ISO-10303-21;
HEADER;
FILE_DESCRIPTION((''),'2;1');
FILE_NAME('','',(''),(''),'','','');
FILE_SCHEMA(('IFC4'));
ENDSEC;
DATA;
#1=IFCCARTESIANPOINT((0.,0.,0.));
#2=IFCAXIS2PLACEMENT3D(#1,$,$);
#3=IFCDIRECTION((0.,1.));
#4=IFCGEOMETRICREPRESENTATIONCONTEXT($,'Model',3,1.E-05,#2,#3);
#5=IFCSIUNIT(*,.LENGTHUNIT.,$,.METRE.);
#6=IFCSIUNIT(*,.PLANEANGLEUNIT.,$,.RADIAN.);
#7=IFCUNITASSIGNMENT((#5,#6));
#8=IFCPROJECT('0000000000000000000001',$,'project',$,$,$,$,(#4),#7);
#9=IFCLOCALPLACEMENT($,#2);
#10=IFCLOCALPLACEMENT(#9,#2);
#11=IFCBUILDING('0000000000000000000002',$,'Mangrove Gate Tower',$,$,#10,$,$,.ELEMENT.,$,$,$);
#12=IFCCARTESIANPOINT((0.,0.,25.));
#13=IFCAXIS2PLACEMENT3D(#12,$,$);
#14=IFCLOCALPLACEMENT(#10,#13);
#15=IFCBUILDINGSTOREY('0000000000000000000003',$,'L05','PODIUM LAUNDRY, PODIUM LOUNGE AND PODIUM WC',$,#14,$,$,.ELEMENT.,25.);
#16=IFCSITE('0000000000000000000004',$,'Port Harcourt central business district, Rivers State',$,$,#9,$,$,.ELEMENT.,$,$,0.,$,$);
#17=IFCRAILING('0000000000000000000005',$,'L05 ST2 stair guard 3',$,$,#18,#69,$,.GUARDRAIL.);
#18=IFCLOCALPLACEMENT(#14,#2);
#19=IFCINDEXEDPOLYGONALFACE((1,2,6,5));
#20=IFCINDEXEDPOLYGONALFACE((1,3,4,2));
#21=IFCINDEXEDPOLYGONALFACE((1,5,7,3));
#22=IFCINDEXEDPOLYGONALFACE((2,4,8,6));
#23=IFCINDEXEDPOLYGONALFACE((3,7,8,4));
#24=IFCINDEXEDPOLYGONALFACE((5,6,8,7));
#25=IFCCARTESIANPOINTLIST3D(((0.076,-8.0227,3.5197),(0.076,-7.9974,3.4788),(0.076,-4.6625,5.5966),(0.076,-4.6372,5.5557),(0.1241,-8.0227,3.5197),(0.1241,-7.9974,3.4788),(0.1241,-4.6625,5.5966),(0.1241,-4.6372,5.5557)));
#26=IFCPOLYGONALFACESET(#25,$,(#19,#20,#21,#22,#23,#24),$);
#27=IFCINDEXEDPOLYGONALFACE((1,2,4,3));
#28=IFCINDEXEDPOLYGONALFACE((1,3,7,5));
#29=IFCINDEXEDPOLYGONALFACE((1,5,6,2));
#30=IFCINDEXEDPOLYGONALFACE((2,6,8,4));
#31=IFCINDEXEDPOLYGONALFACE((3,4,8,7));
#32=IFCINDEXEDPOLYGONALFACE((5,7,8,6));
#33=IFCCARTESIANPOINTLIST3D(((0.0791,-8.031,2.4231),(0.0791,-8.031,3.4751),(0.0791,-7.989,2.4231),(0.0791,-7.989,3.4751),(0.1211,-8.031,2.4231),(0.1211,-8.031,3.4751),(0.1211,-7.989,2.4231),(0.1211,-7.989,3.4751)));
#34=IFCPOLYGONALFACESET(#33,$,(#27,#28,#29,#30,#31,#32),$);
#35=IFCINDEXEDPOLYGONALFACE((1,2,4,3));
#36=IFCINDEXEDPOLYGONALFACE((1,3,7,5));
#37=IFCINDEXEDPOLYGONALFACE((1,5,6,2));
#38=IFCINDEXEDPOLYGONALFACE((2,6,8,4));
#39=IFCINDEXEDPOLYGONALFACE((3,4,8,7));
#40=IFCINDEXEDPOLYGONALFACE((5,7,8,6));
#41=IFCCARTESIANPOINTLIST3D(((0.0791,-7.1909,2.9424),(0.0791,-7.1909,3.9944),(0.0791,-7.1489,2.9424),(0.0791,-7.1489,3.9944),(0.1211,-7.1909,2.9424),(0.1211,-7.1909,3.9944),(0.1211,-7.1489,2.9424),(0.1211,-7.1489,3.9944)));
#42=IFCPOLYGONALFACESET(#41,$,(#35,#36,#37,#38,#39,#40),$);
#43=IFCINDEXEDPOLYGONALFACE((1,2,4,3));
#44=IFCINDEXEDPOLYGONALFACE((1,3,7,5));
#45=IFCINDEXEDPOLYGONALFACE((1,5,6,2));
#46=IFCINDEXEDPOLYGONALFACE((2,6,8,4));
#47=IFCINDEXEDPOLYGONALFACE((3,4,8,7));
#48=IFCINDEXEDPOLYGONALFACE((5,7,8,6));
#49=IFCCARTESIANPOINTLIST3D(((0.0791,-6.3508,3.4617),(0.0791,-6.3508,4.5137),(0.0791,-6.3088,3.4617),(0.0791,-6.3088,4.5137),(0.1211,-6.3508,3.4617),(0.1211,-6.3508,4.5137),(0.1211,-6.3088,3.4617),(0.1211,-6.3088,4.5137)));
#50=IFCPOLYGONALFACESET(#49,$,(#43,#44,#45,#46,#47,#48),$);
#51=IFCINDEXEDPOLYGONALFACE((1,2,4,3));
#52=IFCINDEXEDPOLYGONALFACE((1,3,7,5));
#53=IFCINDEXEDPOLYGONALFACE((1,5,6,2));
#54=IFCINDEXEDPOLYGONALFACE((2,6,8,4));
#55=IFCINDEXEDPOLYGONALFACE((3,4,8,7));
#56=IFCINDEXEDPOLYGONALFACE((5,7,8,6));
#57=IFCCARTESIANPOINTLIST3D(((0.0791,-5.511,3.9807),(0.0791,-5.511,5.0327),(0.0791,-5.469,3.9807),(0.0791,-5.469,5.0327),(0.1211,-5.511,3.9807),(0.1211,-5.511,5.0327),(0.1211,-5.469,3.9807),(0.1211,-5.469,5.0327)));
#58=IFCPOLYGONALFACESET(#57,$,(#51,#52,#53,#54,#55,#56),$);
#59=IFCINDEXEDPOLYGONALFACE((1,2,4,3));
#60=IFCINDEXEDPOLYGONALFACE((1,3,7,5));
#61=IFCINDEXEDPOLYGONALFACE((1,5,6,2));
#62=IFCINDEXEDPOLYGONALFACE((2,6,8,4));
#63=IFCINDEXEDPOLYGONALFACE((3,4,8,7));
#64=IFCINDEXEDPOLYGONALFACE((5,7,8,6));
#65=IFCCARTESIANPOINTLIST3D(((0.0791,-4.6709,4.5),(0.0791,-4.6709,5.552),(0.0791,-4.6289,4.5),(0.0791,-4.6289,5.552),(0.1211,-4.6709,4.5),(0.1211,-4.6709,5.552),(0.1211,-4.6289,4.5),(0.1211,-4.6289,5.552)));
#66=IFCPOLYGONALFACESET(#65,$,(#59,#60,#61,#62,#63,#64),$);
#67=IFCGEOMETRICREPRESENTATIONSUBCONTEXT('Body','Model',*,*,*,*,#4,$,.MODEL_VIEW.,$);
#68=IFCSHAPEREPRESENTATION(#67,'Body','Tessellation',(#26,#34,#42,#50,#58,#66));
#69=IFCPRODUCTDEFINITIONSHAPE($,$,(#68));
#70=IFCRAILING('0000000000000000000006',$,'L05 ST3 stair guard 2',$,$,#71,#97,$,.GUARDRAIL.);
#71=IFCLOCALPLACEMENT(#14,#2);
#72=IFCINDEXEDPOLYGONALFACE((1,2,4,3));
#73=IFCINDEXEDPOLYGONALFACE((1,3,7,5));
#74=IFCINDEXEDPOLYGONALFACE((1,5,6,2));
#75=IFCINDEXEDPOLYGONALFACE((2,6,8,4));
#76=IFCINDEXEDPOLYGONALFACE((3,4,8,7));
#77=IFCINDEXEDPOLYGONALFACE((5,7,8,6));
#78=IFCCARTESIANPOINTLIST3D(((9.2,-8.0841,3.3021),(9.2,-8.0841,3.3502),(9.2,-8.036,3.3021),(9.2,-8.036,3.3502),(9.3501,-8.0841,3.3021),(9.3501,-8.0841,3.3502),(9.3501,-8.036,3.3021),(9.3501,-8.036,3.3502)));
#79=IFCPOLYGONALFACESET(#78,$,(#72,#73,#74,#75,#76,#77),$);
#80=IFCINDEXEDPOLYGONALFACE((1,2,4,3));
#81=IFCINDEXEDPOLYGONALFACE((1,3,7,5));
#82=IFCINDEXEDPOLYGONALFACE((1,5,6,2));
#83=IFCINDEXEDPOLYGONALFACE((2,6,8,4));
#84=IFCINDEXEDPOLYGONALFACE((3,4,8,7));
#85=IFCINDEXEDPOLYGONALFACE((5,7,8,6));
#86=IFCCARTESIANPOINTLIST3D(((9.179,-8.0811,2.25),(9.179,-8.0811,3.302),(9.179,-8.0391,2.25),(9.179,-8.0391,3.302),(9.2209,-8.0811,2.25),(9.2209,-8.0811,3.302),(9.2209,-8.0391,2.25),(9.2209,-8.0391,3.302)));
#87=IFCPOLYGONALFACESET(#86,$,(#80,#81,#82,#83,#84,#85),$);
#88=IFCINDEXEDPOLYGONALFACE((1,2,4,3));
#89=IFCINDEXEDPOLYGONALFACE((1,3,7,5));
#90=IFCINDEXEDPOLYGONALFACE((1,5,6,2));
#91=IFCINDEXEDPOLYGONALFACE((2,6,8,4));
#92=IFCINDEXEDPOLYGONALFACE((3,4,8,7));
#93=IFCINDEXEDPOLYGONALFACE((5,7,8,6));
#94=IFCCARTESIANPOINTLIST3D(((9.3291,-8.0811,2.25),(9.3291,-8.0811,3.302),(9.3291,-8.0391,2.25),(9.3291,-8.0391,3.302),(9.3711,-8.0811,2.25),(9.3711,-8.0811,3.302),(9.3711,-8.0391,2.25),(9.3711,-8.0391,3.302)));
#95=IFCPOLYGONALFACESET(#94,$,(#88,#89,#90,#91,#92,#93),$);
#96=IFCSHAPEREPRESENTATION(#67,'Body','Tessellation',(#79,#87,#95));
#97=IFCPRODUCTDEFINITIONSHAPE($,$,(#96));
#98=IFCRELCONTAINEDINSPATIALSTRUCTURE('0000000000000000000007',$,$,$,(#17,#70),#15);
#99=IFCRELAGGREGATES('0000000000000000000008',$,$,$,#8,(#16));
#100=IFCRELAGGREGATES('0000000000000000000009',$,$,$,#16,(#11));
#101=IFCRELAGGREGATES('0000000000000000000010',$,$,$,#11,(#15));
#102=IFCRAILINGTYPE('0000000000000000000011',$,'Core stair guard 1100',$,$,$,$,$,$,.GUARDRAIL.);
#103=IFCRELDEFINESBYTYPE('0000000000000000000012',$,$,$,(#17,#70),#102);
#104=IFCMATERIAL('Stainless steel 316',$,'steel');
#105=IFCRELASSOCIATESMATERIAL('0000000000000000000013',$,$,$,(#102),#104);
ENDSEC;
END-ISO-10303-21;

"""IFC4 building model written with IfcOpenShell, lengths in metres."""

from ifc_helpers import new_model, si_unit, direction, frame, origin, origin_2d, place, context, subcontext, project, spatial, rectangle, extrude, material, type_object, element, save


model = new_model("IFC4")

# Units and contexts
model_context = context("Model", 3, precision=1e-05, world=origin(), true_north=direction((0.0, 1.0)))
body_context = subcontext(model_context, "Body", "Model", "MODEL_VIEW")
ifc_project = project(units=[si_unit("LENGTHUNIT", "METRE"), si_unit("PLANEANGLEUNIT", "RADIAN")], contexts=[model_context])

# Site, building, storey
site_placement = place(None, origin())
site = spatial("IfcSite", under=ifc_project, at=site_placement, Name="Port Harcourt central business district, Rivers State", CompositionType="ELEMENT", RefElevation=0.0)
building_placement = place(site_placement, origin())
building = spatial("IfcBuilding", under=site, at=building_placement, Name="Mangrove Gate Tower", CompositionType="ELEMENT")
storey_placement = place(building_placement, frame((0.0, 0.0, 25.0)))
storey = spatial("IfcBuildingStorey", under=building, at=storey_placement, Name="L05", Description="PODIUM LAUNDRY, PODIUM LOUNGE AND PODIUM WC", CompositionType="ELEMENT", Elevation=25.0)

# Railings
ifc_material_1 = material(Name="Stainless steel 316", Category="steel")
railing_type = type_object("IfcRailingType", Name="Core stair guard 1100", PredefinedType="GUARDRAIL", material=ifc_material_1)
railing_1_placement = place(storey_placement, frame((0.1001, -8.01, 2.4231)))
element("IfcRailing", 1, at=railing_1_placement, inside=storey, type_object=railing_type, Name="L05 ST2 stair guard 3", PredefinedType="GUARDRAIL", context=body_context, shape_type="SweptSolid", body=[
    extrude(rectangle(XDim=0.0481, YDim=0.0481, at=origin_2d()), frame((0.0, 0.0, 1.0762), z_axis=(0.0, 0.850623, 0.525776), x_axis=(-1.0, 0.0, 0.0)), (0.0, 0.0, 1.0), 3.9502),
    extrude(rectangle(XDim=0.042, YDim=0.042, at=origin_2d()), origin(), (0.0, 0.0, 1.0), 1.052),
    extrude(rectangle(XDim=0.042, YDim=0.042, at=origin_2d()), frame((0.0, 0.8401, 0.5193)), (0.0, 0.0, 1.0), 1.052),
    extrude(rectangle(XDim=0.042, YDim=0.042, at=origin_2d()), frame((0.0, 1.6802, 1.0386)), (0.0, 0.0, 1.0), 1.052),
    extrude(rectangle(XDim=0.042, YDim=0.042, at=origin_2d()), frame((0.0, 2.52, 1.5576)), (0.0, 0.0, 1.0), 1.052),
    extrude(rectangle(XDim=0.042, YDim=0.042, at=origin_2d()), frame((0.0, 3.3601, 2.0769)), (0.0, 0.0, 1.0), 1.052),
])
railing_2_placement = place(storey_placement, frame((9.2, -8.0601, 2.25)))
element("IfcRailing", 2, at=railing_2_placement, inside=storey, type_object=railing_type, Name="L05 ST3 stair guard 2", PredefinedType="GUARDRAIL", context=body_context, shape_type="SweptSolid", body=[
    extrude(rectangle(XDim=0.0481, YDim=0.0481, at=origin_2d()), frame((0.0, 0.0, 1.0762), z_axis=(1.0, 0.0, 0.0), x_axis=(0.0, 1.0, 0.0)), (0.0, 0.0, 1.0), 0.1501),
    extrude(rectangle(XDim=0.042, YDim=0.042, at=origin_2d()), origin(), (0.0, 0.0, 1.0), 1.052),
    extrude(rectangle(XDim=0.042, YDim=0.042, at=origin_2d()), frame((0.1501, 0.0, 0.0)), (0.0, 0.0, 1.0), 1.052),
])

save(model, "model.ifc")
